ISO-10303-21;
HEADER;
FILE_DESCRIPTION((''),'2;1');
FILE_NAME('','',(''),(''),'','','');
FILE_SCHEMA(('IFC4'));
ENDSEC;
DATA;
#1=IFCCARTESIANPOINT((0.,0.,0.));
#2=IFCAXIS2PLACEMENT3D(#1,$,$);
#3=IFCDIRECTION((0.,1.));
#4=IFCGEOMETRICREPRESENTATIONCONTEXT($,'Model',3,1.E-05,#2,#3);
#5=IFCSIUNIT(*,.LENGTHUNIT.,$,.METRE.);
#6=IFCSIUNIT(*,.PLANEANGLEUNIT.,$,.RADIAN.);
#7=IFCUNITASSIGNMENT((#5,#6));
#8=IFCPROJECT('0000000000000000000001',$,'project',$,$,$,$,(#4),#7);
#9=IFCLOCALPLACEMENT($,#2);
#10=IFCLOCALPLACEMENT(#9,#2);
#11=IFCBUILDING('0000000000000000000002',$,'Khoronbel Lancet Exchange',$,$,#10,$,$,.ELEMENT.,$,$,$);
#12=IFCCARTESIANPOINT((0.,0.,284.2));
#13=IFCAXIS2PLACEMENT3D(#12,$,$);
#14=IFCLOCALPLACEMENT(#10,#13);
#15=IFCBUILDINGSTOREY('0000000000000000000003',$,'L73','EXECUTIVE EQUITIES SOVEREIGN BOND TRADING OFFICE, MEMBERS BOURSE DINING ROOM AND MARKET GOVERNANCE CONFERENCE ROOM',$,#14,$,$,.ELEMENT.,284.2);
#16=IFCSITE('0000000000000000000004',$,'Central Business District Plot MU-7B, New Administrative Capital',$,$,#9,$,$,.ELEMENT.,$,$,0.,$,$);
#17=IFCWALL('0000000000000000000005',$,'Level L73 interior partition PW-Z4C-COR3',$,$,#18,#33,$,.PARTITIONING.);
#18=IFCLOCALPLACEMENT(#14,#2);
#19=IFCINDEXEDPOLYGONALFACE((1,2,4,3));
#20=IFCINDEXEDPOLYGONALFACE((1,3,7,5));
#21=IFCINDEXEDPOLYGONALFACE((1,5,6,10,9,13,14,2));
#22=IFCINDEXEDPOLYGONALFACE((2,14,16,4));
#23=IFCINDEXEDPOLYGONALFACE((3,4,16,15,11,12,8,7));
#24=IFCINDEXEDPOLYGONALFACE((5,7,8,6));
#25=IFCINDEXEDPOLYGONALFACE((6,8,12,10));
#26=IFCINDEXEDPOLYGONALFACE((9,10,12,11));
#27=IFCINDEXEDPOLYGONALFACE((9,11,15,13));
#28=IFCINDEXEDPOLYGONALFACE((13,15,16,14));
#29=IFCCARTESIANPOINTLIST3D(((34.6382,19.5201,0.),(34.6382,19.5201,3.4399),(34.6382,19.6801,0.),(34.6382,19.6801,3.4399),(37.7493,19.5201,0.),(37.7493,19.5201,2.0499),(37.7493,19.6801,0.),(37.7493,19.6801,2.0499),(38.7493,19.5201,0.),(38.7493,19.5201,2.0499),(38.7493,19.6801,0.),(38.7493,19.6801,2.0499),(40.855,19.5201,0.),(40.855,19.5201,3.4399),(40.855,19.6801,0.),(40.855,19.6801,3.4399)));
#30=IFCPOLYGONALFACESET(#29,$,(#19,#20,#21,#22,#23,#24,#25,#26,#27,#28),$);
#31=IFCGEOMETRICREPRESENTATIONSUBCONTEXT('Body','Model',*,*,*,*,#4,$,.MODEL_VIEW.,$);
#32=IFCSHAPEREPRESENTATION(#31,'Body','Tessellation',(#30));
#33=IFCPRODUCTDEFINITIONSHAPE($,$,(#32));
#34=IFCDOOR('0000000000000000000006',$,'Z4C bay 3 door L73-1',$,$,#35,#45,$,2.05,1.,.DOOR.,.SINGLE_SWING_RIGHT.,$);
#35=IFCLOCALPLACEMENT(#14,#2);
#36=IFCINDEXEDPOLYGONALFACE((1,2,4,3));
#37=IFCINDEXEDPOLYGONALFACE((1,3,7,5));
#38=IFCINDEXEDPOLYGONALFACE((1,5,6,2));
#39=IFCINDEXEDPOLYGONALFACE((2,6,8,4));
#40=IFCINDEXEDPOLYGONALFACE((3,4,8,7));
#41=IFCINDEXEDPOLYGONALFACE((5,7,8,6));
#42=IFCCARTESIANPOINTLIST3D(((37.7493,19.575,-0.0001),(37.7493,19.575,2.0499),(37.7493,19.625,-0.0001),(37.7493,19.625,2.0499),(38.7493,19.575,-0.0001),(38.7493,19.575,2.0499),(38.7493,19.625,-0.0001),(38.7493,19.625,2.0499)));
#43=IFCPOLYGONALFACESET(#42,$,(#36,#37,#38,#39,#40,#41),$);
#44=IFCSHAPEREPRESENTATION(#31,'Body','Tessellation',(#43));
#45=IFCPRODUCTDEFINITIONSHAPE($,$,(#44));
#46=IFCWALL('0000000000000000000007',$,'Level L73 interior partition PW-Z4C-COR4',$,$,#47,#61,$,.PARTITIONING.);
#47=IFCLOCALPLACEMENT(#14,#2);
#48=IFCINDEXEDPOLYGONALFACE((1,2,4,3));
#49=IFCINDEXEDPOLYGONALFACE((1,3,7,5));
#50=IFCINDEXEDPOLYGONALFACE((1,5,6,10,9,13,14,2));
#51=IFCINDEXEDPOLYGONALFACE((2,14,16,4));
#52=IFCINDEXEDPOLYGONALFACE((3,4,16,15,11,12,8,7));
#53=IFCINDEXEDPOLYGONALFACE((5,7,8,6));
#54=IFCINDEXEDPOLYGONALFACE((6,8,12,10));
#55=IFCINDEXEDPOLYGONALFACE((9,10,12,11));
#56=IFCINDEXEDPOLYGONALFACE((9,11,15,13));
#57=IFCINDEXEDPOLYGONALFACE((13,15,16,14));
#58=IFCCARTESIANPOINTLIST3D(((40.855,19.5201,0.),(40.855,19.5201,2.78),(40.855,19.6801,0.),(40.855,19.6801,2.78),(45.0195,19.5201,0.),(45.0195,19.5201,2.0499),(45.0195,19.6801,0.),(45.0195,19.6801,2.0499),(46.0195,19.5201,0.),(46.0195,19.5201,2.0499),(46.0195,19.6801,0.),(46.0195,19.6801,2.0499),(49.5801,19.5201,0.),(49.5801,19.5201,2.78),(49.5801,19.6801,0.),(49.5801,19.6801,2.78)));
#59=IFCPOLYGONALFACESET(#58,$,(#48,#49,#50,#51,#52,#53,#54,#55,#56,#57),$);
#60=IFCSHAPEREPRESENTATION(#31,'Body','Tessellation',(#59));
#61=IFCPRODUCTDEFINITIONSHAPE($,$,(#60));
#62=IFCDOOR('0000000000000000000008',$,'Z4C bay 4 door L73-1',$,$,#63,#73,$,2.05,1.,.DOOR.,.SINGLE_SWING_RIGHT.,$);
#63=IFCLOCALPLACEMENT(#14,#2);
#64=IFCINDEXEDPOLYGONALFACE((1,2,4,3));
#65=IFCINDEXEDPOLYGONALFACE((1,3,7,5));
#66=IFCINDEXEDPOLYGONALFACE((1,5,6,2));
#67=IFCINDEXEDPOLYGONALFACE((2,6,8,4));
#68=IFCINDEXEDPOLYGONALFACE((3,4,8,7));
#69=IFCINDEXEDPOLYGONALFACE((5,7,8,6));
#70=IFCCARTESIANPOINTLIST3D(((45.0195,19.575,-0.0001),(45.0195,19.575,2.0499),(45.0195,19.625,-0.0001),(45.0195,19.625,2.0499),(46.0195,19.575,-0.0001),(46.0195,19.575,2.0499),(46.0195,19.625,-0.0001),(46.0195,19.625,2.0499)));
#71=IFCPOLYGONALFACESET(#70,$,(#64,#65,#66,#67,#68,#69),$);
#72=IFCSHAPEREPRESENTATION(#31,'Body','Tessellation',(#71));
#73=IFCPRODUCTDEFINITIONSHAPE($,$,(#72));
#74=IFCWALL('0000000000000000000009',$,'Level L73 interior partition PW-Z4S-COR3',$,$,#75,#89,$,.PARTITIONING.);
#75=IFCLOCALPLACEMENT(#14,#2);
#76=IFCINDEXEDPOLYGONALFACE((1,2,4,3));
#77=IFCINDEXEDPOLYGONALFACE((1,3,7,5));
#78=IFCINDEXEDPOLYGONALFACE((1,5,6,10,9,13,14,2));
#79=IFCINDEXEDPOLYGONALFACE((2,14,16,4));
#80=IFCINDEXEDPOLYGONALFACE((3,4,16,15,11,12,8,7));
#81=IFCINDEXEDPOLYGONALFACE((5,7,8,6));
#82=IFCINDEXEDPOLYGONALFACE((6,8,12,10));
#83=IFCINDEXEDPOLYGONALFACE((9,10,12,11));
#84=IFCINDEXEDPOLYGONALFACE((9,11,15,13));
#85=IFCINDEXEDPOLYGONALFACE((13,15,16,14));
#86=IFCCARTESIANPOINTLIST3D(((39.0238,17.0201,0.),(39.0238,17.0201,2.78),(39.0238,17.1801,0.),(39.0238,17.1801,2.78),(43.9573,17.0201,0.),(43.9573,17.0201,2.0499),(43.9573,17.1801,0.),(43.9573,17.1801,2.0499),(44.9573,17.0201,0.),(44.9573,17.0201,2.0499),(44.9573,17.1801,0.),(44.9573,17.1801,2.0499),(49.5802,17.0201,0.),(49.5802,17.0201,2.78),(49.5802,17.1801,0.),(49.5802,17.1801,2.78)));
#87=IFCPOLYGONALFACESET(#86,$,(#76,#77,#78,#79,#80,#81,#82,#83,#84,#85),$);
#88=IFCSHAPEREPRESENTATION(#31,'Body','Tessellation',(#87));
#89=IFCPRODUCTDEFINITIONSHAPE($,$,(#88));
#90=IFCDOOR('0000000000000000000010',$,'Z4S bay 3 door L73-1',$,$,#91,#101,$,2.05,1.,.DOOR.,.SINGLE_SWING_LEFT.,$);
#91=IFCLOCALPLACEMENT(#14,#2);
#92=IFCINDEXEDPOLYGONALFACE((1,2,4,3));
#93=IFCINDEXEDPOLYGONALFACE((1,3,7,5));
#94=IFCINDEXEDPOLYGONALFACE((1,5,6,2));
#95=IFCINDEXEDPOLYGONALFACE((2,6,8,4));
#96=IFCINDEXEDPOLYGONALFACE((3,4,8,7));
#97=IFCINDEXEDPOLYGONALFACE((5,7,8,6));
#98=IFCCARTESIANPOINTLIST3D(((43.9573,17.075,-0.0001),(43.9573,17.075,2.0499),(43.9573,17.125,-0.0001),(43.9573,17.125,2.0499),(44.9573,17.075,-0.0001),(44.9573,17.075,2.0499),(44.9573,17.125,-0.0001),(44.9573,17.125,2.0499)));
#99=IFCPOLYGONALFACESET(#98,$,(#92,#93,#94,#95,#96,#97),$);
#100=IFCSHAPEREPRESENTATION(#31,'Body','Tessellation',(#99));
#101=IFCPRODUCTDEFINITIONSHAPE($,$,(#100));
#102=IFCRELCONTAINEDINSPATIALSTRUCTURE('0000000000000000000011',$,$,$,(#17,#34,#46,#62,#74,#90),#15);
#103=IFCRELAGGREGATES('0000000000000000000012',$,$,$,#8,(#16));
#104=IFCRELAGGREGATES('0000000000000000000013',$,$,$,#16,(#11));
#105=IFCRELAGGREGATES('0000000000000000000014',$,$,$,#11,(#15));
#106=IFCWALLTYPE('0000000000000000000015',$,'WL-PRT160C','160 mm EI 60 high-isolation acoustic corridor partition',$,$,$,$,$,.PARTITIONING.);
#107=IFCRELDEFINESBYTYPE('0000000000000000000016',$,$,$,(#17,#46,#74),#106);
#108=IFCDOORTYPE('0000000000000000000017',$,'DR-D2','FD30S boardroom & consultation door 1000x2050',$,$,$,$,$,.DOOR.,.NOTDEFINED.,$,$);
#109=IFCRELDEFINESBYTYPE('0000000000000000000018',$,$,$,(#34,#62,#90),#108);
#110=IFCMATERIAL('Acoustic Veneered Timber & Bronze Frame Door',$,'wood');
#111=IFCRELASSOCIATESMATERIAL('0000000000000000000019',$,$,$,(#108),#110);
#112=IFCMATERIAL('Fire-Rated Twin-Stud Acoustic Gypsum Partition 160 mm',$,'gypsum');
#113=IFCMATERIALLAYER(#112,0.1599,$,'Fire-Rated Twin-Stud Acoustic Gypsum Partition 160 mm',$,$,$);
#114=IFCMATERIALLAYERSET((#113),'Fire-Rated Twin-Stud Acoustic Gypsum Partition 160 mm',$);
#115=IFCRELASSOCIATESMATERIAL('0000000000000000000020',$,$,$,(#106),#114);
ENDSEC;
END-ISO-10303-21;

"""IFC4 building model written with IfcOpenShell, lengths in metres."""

from ifc_helpers import new_model, si_unit, direction, frame, frame_2d, origin, place, context, subcontext, project, spatial, rectangle, extrude, material, layer, layer_set, type_object, element, fill, save


model = new_model("IFC4")

# Units and contexts
model_context = context("Model", 3, precision=1e-05, world=origin(), true_north=direction((0.0, 1.0)))
body_context = subcontext(model_context, "Body", "Model", "MODEL_VIEW")
ifc_project = project(units=[si_unit("LENGTHUNIT", "METRE"), si_unit("PLANEANGLEUNIT", "RADIAN")], contexts=[model_context])

# Site, building, storey
site_placement = place(None, origin())
site = spatial("IfcSite", under=ifc_project, at=site_placement, Name="Central Business District Plot MU-7B, New Administrative Capital", CompositionType="ELEMENT", RefElevation=0.0)
building_placement = place(site_placement, origin())
building = spatial("IfcBuilding", under=site, at=building_placement, Name="Khoronbel Lancet Exchange", CompositionType="ELEMENT")
storey_placement = place(building_placement, frame((0.0, 0.0, 284.2)))
storey = spatial("IfcBuildingStorey", under=building, at=storey_placement, Name="L73", Description="EXECUTIVE EQUITIES SOVEREIGN BOND TRADING OFFICE, MEMBERS BOURSE DINING ROOM AND MARKET GOVERNANCE CONFERENCE ROOM", CompositionType="ELEMENT", Elevation=284.2)

# Shared definitions
ifc_material_1 = material(Name="Acoustic Veneered Timber & Bronze Frame Door", Category="wood")
door_type_1 = type_object("IfcDoorType", Name="DR-D2", Description="FD30S boardroom & consultation door 1000x2050", OperationType="NOTDEFINED", PredefinedType="DOOR", material=ifc_material_1)

# Walls, openings, doors
ifc_material_2 = material(Name="Fire-Rated Twin-Stud Acoustic Gypsum Partition 160 mm", Category="gypsum")
ifc_layer_1 = layer(ifc_material_2, 0.1599, Name="Fire-Rated Twin-Stud Acoustic Gypsum Partition 160 mm")
ifc_layer_set_1 = layer_set([ifc_layer_1], Name="Fire-Rated Twin-Stud Acoustic Gypsum Partition 160 mm")
wall_type_1 = type_object("IfcWallType", Name="WL-PRT160C", Description="160 mm EI 60 high-isolation acoustic corridor partition", PredefinedType="PARTITIONING", material=ifc_layer_set_1)
wall_1_placement = place(storey_placement, frame((34.6382, 19.6001, 0.0), z_axis=(0.0, 0.0, 1.0), x_axis=(1.0, 0.0, 0.0)))
wall_1 = element("IfcWall", 1, at=wall_1_placement, inside=storey, type_object=wall_type_1, Name="Level L73 interior partition PW-Z4C-COR3", PredefinedType="PARTITIONING", context=body_context, shape_type="SweptSolid", body=[
    extrude(rectangle(XDim=6.2168, YDim=0.1599, at=frame_2d((3.1084, 0.0))), origin(), (0.0, 0.0, 1.0), 3.4399),
])
opening_1_placement = place(wall_1_placement, frame((3.1111, 0.0, 0.0)))
opening_1 = element("IfcOpeningElement", 2, at=opening_1_placement, cuts=wall_1, PredefinedType="OPENING", context=body_context, shape_type="SweptSolid", body=[
    extrude(rectangle(XDim=1.0, YDim=2.05, at=frame_2d((0.5, 1.0249))), frame((0.0, 0.0898, 0.0), z_axis=(0.0, -1.0, 0.0), x_axis=(1.0, 0.0, 0.0)), (0.0, 0.0, 1.0), 0.1799),
])
door_1_placement = place(opening_1_placement, origin())
door_1 = element("IfcDoor", 3, at=door_1_placement, inside=storey, type_object=door_type_1, Name="Z4C bay 3 door L73-1", OperationType="SINGLE_SWING_RIGHT", OverallHeight=2.05, OverallWidth=1.0, PredefinedType="DOOR", context=body_context, shape_type="SweptSolid", body=[
    extrude(rectangle(XDim=1.0, YDim=2.05, at=frame_2d((0.5, 1.0249))), frame((0.0, 0.0249, 0.0), z_axis=(0.0, -1.0, 0.0), x_axis=(1.0, 0.0, 0.0)), (0.0, 0.0, 1.0), 0.05),
])
fill(opening_1, door_1)
wall_2_placement = place(storey_placement, frame((40.855, 19.6001, 0.0), z_axis=(0.0, 0.0, 1.0), x_axis=(1.0, 0.0, 0.0)))
wall_2 = element("IfcWall", 4, at=wall_2_placement, inside=storey, type_object=wall_type_1, Name="Level L73 interior partition PW-Z4C-COR4", PredefinedType="PARTITIONING", context=body_context, shape_type="SweptSolid", body=[
    extrude(rectangle(XDim=8.7251, YDim=0.1599, at=frame_2d((4.3625, 0.0))), origin(), (0.0, 0.0, 1.0), 2.78),
])
opening_2_placement = place(wall_2_placement, frame((4.1646, 0.0, 0.0)))
opening_2 = element("IfcOpeningElement", 5, at=opening_2_placement, cuts=wall_2, PredefinedType="OPENING", context=body_context, shape_type="SweptSolid", body=[
    extrude(rectangle(XDim=1.0, YDim=2.05, at=frame_2d((0.5, 1.0249))), frame((0.0, 0.0898, 0.0), z_axis=(0.0, -1.0, 0.0), x_axis=(1.0, 0.0, 0.0)), (0.0, 0.0, 1.0), 0.1799),
])
door_2_placement = place(opening_2_placement, origin())
door_2 = element("IfcDoor", 6, at=door_2_placement, inside=storey, type_object=door_type_1, Name="Z4C bay 4 door L73-1", OperationType="SINGLE_SWING_RIGHT", OverallHeight=2.05, OverallWidth=1.0, PredefinedType="DOOR", context=body_context, shape_type="SweptSolid", body=[
    extrude(rectangle(XDim=1.0, YDim=2.05, at=frame_2d((0.5, 1.0249))), frame((0.0, 0.0249, 0.0), z_axis=(0.0, -1.0, 0.0), x_axis=(1.0, 0.0, 0.0)), (0.0, 0.0, 1.0), 0.05),
])
fill(opening_2, door_2)
wall_3_placement = place(storey_placement, frame((39.0237, 17.1001, 0.0), z_axis=(0.0, 0.0, 1.0), x_axis=(1.0, 0.0, 0.0)))
wall_3 = element("IfcWall", 7, at=wall_3_placement, inside=storey, type_object=wall_type_1, Name="Level L73 interior partition PW-Z4S-COR3", PredefinedType="PARTITIONING", context=body_context, shape_type="SweptSolid", body=[
    extrude(rectangle(XDim=10.5564, YDim=0.1599, at=frame_2d((5.2783, 0.0))), origin(), (0.0, 0.0, 1.0), 2.78),
])
opening_3_placement = place(wall_3_placement, frame((4.9336, 0.0, 0.0)))
opening_3 = element("IfcOpeningElement", 8, at=opening_3_placement, cuts=wall_3, PredefinedType="OPENING", context=body_context, shape_type="SweptSolid", body=[
    extrude(rectangle(XDim=1.0, YDim=2.05, at=frame_2d((0.5, 1.0249))), frame((0.0, 0.0898, 0.0), z_axis=(0.0, -1.0, 0.0), x_axis=(1.0, 0.0, 0.0)), (0.0, 0.0, 1.0), 0.1799),
])
door_3_placement = place(opening_3_placement, origin())
door_3 = element("IfcDoor", 9, at=door_3_placement, inside=storey, type_object=door_type_1, Name="Z4S bay 3 door L73-1", OperationType="SINGLE_SWING_LEFT", OverallHeight=2.05, OverallWidth=1.0, PredefinedType="DOOR", context=body_context, shape_type="SweptSolid", body=[
    extrude(rectangle(XDim=1.0, YDim=2.05, at=frame_2d((0.5, 1.0249))), frame((0.0, 0.0249, 0.0), z_axis=(0.0, -1.0, 0.0), x_axis=(1.0, 0.0, 0.0)), (0.0, 0.0, 1.0), 0.05),
])
fill(opening_3, door_3)

save(model, "model.ifc")
